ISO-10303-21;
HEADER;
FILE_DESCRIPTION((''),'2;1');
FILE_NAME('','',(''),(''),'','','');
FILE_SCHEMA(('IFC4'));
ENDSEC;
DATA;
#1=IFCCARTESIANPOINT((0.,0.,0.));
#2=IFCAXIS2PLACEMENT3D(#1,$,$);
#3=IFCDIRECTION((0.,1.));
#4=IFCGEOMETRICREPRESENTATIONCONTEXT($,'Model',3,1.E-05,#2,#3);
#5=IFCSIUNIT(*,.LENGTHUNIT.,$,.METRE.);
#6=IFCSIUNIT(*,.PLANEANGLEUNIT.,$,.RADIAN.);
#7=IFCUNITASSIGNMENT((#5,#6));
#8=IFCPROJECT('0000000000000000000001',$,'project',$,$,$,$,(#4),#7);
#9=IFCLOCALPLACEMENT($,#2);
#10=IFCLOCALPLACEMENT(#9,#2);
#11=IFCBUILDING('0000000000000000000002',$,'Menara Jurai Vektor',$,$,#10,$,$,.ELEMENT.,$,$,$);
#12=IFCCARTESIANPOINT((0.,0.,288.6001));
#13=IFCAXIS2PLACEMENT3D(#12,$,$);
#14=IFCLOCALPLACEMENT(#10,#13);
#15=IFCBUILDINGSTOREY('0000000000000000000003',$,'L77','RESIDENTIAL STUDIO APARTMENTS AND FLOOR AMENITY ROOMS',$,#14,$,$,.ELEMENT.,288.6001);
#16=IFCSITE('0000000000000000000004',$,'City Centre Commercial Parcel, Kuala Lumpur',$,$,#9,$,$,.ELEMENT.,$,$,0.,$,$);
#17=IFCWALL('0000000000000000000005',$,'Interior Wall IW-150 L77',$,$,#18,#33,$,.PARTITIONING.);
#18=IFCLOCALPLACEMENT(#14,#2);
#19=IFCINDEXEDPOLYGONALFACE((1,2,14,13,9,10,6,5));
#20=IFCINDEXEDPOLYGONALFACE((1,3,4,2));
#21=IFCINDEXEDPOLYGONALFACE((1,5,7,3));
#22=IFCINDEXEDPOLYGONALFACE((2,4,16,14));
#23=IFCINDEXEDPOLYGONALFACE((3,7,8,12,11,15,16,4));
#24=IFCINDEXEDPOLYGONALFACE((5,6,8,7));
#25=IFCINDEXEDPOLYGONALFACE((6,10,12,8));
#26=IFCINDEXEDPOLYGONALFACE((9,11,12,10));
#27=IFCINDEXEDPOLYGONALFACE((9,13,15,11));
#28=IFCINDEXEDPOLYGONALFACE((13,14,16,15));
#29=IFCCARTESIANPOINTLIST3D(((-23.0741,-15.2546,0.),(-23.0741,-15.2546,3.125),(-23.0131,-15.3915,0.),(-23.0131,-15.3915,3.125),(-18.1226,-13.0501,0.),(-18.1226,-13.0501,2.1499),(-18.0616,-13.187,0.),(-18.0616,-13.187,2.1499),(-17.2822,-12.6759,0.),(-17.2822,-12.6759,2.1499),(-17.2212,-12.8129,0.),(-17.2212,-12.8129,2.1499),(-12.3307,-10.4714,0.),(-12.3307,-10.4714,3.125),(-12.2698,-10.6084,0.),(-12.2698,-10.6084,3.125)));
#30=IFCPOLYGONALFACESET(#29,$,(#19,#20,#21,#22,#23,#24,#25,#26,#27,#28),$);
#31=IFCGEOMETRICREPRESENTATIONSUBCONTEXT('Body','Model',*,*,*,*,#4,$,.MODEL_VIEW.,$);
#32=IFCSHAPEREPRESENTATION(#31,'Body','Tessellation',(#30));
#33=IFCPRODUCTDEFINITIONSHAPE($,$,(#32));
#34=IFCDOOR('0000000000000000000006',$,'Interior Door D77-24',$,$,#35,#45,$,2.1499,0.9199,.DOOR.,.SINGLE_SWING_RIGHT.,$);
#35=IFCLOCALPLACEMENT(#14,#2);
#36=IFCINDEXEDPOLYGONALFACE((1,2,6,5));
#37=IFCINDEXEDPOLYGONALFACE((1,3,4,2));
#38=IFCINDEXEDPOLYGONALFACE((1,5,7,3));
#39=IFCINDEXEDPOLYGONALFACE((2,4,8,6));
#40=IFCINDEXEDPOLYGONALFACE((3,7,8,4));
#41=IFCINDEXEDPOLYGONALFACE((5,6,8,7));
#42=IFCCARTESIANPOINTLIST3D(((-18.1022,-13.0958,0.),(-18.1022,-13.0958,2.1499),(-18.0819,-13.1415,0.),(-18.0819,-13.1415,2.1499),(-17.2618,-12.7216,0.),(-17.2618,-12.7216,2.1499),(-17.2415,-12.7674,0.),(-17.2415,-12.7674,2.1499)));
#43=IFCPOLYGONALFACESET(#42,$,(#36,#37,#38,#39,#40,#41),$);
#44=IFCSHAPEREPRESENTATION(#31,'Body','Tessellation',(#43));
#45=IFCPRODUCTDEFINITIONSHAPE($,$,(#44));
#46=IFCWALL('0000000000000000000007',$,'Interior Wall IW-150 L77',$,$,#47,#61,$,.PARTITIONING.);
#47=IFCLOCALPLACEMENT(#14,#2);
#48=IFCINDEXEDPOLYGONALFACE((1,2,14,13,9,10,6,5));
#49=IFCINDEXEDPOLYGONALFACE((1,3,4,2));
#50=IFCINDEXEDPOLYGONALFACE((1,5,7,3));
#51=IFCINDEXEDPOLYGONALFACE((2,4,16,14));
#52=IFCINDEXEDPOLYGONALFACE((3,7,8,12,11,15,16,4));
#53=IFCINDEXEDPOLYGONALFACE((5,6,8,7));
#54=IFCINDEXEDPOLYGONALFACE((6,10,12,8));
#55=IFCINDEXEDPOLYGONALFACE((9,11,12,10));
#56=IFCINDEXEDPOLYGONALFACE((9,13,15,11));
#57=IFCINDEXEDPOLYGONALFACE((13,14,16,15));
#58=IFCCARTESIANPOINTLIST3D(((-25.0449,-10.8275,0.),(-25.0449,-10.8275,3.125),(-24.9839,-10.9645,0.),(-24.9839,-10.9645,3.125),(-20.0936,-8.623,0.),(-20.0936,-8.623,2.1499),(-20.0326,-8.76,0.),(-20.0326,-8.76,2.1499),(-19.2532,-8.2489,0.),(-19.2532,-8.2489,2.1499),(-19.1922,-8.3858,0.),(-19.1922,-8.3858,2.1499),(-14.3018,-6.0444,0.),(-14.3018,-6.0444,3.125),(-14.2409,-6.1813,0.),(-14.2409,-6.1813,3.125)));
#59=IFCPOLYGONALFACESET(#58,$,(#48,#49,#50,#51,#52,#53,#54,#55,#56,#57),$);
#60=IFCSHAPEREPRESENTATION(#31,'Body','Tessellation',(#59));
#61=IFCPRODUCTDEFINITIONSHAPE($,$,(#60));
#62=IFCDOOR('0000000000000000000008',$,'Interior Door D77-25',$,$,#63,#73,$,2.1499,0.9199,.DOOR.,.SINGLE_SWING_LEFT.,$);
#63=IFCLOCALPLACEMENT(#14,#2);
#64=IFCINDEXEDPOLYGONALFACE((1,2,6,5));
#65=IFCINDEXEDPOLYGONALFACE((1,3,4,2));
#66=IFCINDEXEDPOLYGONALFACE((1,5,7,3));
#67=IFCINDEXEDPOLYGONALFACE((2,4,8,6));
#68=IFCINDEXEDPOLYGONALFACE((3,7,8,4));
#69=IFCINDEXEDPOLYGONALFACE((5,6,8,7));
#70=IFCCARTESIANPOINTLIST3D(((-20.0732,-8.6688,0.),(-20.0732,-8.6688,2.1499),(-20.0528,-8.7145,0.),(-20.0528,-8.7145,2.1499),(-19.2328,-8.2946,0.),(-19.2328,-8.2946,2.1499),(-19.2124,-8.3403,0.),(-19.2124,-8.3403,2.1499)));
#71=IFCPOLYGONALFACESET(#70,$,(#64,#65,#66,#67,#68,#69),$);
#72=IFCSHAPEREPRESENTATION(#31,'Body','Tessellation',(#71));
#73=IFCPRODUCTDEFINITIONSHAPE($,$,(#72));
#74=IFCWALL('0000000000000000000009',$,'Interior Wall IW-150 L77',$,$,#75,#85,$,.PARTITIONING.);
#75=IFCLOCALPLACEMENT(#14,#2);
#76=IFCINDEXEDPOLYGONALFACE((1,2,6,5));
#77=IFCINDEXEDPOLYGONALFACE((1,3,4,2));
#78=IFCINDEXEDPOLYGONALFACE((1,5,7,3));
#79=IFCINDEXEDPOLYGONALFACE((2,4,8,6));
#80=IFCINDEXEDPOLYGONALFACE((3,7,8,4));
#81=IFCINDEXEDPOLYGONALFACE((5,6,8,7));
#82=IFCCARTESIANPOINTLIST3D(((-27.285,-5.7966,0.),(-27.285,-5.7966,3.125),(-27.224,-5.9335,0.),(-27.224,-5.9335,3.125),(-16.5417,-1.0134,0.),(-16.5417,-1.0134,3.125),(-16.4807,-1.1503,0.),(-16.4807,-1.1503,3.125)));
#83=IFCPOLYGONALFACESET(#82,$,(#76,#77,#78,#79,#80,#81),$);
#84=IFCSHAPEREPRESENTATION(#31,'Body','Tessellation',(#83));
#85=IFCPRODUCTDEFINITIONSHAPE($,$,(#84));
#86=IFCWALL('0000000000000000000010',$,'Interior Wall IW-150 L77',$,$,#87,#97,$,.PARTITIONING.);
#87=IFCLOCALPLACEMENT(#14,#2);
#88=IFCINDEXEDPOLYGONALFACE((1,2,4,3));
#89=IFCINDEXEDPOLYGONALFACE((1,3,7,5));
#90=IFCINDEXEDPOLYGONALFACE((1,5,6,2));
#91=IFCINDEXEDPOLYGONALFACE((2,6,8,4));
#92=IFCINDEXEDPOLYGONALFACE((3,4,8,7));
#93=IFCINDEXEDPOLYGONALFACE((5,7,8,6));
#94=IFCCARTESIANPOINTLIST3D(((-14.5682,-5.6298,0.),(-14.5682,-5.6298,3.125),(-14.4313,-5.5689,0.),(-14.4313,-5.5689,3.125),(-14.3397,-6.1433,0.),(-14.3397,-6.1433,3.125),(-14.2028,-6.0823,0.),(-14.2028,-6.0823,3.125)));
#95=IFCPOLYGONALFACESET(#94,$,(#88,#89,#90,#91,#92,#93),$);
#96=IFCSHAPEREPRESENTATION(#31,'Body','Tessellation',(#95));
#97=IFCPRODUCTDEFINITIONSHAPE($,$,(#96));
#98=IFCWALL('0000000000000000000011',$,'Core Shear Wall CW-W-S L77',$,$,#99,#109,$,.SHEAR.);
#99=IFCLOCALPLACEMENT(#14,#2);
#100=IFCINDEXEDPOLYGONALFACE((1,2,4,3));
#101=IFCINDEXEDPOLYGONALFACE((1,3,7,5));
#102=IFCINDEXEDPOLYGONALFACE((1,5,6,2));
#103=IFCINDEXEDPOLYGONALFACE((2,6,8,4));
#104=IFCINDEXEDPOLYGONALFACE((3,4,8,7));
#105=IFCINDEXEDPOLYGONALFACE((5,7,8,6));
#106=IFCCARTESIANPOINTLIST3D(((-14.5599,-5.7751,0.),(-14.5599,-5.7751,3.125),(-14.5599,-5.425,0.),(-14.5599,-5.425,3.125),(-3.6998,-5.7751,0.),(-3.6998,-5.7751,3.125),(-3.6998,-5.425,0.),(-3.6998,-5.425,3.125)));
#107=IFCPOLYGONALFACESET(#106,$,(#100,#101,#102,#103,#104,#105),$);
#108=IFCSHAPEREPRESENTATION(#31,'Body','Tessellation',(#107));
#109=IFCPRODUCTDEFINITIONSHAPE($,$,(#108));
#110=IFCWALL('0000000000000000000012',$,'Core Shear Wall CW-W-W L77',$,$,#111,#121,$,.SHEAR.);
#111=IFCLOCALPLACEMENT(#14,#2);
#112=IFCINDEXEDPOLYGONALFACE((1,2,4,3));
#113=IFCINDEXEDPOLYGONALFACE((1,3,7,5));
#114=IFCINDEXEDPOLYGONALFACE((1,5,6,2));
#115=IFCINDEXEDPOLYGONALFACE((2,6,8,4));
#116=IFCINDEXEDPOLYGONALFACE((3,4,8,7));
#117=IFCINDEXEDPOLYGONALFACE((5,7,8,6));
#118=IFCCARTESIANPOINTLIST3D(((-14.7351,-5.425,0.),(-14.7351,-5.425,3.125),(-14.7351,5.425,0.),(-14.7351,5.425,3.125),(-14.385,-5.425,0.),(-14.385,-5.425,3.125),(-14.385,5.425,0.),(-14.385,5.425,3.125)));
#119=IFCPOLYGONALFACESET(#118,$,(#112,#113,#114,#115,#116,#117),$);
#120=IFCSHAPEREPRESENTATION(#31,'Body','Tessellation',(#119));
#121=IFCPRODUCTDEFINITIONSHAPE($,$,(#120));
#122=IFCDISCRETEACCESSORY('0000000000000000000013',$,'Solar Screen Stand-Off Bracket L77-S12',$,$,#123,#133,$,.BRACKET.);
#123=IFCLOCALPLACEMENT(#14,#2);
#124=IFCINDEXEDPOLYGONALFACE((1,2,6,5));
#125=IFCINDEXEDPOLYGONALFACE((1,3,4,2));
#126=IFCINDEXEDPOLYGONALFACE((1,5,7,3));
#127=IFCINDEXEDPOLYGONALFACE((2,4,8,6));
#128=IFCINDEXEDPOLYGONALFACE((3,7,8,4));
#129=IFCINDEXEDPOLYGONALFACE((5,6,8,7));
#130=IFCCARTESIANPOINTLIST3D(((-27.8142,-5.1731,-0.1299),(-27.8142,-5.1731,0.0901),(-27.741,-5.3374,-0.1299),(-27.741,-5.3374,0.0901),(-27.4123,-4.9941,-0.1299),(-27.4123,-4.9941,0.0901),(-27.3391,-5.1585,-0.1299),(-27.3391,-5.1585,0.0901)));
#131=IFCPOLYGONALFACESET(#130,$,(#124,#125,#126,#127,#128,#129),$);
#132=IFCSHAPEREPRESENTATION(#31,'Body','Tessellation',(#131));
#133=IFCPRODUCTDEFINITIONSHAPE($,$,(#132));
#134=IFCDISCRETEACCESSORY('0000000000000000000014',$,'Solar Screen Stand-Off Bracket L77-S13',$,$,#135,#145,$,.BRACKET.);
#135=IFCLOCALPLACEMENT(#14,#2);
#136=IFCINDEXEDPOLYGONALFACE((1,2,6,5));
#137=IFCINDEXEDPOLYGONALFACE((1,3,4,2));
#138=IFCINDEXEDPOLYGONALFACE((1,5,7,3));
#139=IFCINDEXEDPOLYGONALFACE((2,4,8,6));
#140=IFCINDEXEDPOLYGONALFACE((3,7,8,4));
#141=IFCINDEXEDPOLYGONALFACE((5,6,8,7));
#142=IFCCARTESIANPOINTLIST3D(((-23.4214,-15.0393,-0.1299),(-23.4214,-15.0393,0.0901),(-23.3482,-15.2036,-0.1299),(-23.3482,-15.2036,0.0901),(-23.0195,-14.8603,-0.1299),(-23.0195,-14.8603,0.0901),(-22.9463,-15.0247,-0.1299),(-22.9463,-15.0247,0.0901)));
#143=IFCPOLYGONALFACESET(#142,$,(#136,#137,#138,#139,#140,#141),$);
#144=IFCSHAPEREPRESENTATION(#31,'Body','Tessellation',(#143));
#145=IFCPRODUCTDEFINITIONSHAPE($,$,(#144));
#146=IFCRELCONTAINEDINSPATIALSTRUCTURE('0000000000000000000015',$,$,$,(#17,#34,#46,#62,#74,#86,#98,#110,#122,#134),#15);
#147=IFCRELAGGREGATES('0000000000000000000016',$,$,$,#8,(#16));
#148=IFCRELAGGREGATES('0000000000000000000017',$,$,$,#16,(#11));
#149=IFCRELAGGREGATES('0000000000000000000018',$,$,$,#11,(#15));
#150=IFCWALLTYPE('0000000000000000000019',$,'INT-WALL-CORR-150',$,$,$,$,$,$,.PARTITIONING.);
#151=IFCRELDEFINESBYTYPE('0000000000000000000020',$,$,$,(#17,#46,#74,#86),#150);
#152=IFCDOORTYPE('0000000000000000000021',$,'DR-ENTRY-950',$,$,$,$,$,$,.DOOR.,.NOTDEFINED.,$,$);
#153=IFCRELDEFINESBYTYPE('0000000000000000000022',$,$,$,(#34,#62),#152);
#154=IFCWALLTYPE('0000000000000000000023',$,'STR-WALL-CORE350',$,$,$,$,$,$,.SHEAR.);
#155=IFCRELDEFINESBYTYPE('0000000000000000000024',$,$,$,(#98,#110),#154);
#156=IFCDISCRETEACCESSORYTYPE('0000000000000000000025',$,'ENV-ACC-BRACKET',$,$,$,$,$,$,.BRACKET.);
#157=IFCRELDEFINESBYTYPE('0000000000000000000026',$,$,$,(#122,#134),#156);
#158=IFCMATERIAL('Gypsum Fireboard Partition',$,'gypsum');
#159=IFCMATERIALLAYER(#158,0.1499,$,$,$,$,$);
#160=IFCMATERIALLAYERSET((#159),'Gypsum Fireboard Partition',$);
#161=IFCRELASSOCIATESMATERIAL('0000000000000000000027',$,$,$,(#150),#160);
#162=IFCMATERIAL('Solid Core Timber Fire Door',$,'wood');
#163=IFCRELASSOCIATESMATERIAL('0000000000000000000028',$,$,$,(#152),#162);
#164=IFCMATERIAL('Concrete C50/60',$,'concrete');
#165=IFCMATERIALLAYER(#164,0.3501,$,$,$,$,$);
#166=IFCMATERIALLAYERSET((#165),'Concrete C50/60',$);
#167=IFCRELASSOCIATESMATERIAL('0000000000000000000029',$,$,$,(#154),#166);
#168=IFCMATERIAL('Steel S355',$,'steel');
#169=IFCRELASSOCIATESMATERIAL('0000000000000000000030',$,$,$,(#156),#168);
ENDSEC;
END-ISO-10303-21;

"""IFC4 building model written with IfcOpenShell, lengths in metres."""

from ifc_helpers import new_model, si_unit, direction, frame, frame_2d, origin, origin_2d, place, context, subcontext, project, spatial, rectangle, extrude, material, layer, layer_set, type_object, element, fill, save


model = new_model("IFC4")

# Units and contexts
model_context = context("Model", 3, precision=1e-05, world=origin(), true_north=direction((0.0, 1.0)))
body_context = subcontext(model_context, "Body", "Model", "MODEL_VIEW")
ifc_project = project(units=[si_unit("LENGTHUNIT", "METRE"), si_unit("PLANEANGLEUNIT", "RADIAN")], contexts=[model_context])

# Site, building, storey
site_placement = place(None, origin())
site = spatial("IfcSite", under=ifc_project, at=site_placement, Name="City Centre Commercial Parcel, Kuala Lumpur", CompositionType="ELEMENT", RefElevation=0.0)
building_placement = place(site_placement, origin())
building = spatial("IfcBuilding", under=site, at=building_placement, Name="Menara Jurai Vektor", CompositionType="ELEMENT")
storey_placement = place(building_placement, frame((0.0, 0.0, 288.6001)))
storey = spatial("IfcBuildingStorey", under=building, at=storey_placement, Name="L77", Description="RESIDENTIAL STUDIO APARTMENTS AND FLOOR AMENITY ROOMS", CompositionType="ELEMENT", Elevation=288.6001)

# Shared definitions
ifc_material_1 = material(Name="Concrete C50/60", Category="concrete")

# Shared definitions
ifc_material_2 = material(Name="Steel S355", Category="steel")

# Walls, openings, doors
ifc_material_3 = material(Name="Gypsum Fireboard Partition", Category="gypsum")
ifc_layer_1 = layer(ifc_material_3, 0.1499)
ifc_layer_set_1 = layer_set([ifc_layer_1], Name="Gypsum Fireboard Partition")
wall_type_1 = type_object("IfcWallType", Name="INT-WALL-CORR-150", PredefinedType="PARTITIONING", material=ifc_layer_set_1)
ifc_material_4 = material(Name="Solid Core Timber Fire Door", Category="wood")
door_type = type_object("IfcDoorType", Name="DR-ENTRY-950", OperationType="NOTDEFINED", PredefinedType="DOOR", material=ifc_material_4)
wall_1_placement = place(storey_placement, frame((-23.0435, -15.323, 0.0), z_axis=(0.0, 0.0, 1.0), x_axis=(0.913548, 0.406732, 0.0)))
wall_1 = element("IfcWall", 1, at=wall_1_placement, inside=storey, type_object=wall_type_1, Name="Interior Wall IW-150 L77", PredefinedType="PARTITIONING", context=body_context, shape_type="SweptSolid", body=[
    extrude(rectangle(XDim=11.76, YDim=0.1499, at=frame_2d((5.8799, 0.0))), origin(), (0.0, 0.0, 1.0), 3.125),
])
opening_1_placement = place(wall_1_placement, frame((5.4199, 0.0, 0.0)))
opening_1 = element("IfcOpeningElement", 2, at=opening_1_placement, cuts=wall_1, PredefinedType="OPENING", context=body_context, shape_type="SweptSolid", body=[
    extrude(rectangle(XDim=0.9199, YDim=2.1499, at=frame_2d((0.46, 1.075))), frame((0.0, 0.085, 0.0), z_axis=(0.0, -1.0, 0.0), x_axis=(1.0, 0.0, 0.0)), (0.0, 0.0, 1.0), 0.1699),
])
door_1_placement = place(opening_1_placement, origin())
door_1 = element("IfcDoor", 3, at=door_1_placement, inside=storey, type_object=door_type, Name="Interior Door D77-24", OperationType="SINGLE_SWING_RIGHT", OverallHeight=2.1499, OverallWidth=0.9199, PredefinedType="DOOR", context=body_context, shape_type="SweptSolid", body=[
    extrude(rectangle(XDim=0.9199, YDim=2.1499, at=frame_2d((0.46, 1.075))), frame((0.0, 0.0249, 0.0), z_axis=(0.0, -1.0, 0.0), x_axis=(1.0, 0.0, 0.0)), (0.0, 0.0, 1.0), 0.05),
])
fill(opening_1, door_1)
wall_2_placement = place(storey_placement, frame((-25.0144, -10.896, 0.0), z_axis=(0.0, 0.0, 1.0), x_axis=(0.913544, 0.406739, 0.0)))
wall_2 = element("IfcWall", 4, at=wall_2_placement, inside=storey, type_object=wall_type_1, Name="Interior Wall IW-150 L77", PredefinedType="PARTITIONING", context=body_context, shape_type="SweptSolid", body=[
    extrude(rectangle(XDim=11.7598, YDim=0.1499, at=frame_2d((5.8799, 0.0))), origin(), (0.0, 0.0, 1.0), 3.125),
])
opening_2_placement = place(wall_2_placement, frame((5.4199, 0.0, 0.0)))
opening_2 = element("IfcOpeningElement", 5, at=opening_2_placement, cuts=wall_2, PredefinedType="OPENING", context=body_context, shape_type="SweptSolid", body=[
    extrude(rectangle(XDim=0.9199, YDim=2.1499, at=frame_2d((0.46, 1.075))), frame((0.0, 0.085, 0.0), z_axis=(0.0, -1.0, 0.0), x_axis=(1.0, 0.0, 0.0)), (0.0, 0.0, 1.0), 0.1699),
])
door_2_placement = place(opening_2_placement, origin())
door_2 = element("IfcDoor", 6, at=door_2_placement, inside=storey, type_object=door_type, Name="Interior Door D77-25", OperationType="SINGLE_SWING_LEFT", OverallHeight=2.1499, OverallWidth=0.9199, PredefinedType="DOOR", context=body_context, shape_type="SweptSolid", body=[
    extrude(rectangle(XDim=0.9199, YDim=2.1499, at=frame_2d((0.46, 1.075))), frame((0.0, 0.0249, 0.0), z_axis=(0.0, -1.0, 0.0), x_axis=(1.0, 0.0, 0.0)), (0.0, 0.0, 1.0), 0.05),
])
fill(opening_2, door_2)

# Walls
wall_3_placement = place(storey_placement, frame((-27.2544, -5.865, 0.0), z_axis=(0.0, 0.0, 1.0), x_axis=(0.913548, 0.406732, 0.0)))
element("IfcWall", 7, at=wall_3_placement, inside=storey, type_object=wall_type_1, Name="Interior Wall IW-150 L77", PredefinedType="PARTITIONING", context=body_context, shape_type="SweptSolid", body=[
    extrude(rectangle(XDim=11.76, YDim=0.1499, at=frame_2d((5.8799, 0.0))), origin(), (0.0, 0.0, 1.0), 3.125),
])
wall_4_placement = place(storey_placement, frame((-14.2712, -6.1128, 0.0), z_axis=(0.0, 0.0, 1.0), x_axis=(-0.406622, 0.913596, 0.0)))
element("IfcWall", 8, at=wall_4_placement, inside=storey, type_object=wall_type_1, Name="Interior Wall IW-150 L77", PredefinedType="PARTITIONING", context=body_context, shape_type="SweptSolid", body=[
    extrude(rectangle(XDim=0.562, YDim=0.1499, at=frame_2d((0.281, 0.0))), origin(), (0.0, 0.0, 1.0), 3.125),
])
ifc_layer_2 = layer(ifc_material_1, 0.3501)
ifc_layer_set_2 = layer_set([ifc_layer_2], Name="Concrete C50/60")
wall_type_2 = type_object("IfcWallType", Name="STR-WALL-CORE350", PredefinedType="SHEAR", material=ifc_layer_set_2)
wall_5_placement = place(storey_placement, frame((-14.5601, -5.6001, 0.0), z_axis=(0.0, 0.0, 1.0), x_axis=(1.0, 0.0, 0.0)))
element("IfcWall", 9, at=wall_5_placement, inside=storey, type_object=wall_type_2, Name="Core Shear Wall CW-W-S L77", PredefinedType="SHEAR", context=body_context, shape_type="SweptSolid", body=[
    extrude(rectangle(XDim=10.8601, YDim=0.3501, at=frame_2d((5.4302, 0.0))), origin(), (0.0, 0.0, 1.0), 3.125),
])
wall_6_placement = place(storey_placement, frame((-14.5601, -5.425, 0.0), z_axis=(0.0, 0.0, 1.0), x_axis=(0.0, 1.0, 0.0)))
element("IfcWall", 10, at=wall_6_placement, inside=storey, type_object=wall_type_2, Name="Core Shear Wall CW-W-W L77", PredefinedType="SHEAR", context=body_context, shape_type="SweptSolid", body=[
    extrude(rectangle(XDim=10.8501, YDim=0.3501, at=frame_2d((5.425, 0.0))), origin(), (0.0, 0.0, 1.0), 3.125),
])

# Discrete accessories
discrete_accessory_type = type_object("IfcDiscreteAccessoryType", Name="ENV-ACC-BRACKET", PredefinedType="BRACKET", material=ifc_material_2)
for number, where, z_axis, x_axis, name in (
    (11, (-27.5767, -5.1658, -0.1299), (0.0, 0.0, 1.0), (0.406737, -0.913545, 0.0), "Solar Screen Stand-Off Bracket L77-S12"),
    (12, (-23.1838, -15.032, -0.1299), (0.0, 0.0, 1.0), (0.406737, -0.913545, 0.0), "Solar Screen Stand-Off Bracket L77-S13"),
):
    element("IfcDiscreteAccessory", number, at=place(storey_placement, frame(where, z_axis=z_axis, x_axis=x_axis)), inside=storey, type_object=discrete_accessory_type, Name=name, PredefinedType="BRACKET", context=body_context, shape_type="SweptSolid", body=[
        extrude(rectangle(XDim=0.1799, YDim=0.4399, at=origin_2d()), origin(), (0.0, 0.0, 1.0), 0.22),
    ])

save(model, "model.ifc")
